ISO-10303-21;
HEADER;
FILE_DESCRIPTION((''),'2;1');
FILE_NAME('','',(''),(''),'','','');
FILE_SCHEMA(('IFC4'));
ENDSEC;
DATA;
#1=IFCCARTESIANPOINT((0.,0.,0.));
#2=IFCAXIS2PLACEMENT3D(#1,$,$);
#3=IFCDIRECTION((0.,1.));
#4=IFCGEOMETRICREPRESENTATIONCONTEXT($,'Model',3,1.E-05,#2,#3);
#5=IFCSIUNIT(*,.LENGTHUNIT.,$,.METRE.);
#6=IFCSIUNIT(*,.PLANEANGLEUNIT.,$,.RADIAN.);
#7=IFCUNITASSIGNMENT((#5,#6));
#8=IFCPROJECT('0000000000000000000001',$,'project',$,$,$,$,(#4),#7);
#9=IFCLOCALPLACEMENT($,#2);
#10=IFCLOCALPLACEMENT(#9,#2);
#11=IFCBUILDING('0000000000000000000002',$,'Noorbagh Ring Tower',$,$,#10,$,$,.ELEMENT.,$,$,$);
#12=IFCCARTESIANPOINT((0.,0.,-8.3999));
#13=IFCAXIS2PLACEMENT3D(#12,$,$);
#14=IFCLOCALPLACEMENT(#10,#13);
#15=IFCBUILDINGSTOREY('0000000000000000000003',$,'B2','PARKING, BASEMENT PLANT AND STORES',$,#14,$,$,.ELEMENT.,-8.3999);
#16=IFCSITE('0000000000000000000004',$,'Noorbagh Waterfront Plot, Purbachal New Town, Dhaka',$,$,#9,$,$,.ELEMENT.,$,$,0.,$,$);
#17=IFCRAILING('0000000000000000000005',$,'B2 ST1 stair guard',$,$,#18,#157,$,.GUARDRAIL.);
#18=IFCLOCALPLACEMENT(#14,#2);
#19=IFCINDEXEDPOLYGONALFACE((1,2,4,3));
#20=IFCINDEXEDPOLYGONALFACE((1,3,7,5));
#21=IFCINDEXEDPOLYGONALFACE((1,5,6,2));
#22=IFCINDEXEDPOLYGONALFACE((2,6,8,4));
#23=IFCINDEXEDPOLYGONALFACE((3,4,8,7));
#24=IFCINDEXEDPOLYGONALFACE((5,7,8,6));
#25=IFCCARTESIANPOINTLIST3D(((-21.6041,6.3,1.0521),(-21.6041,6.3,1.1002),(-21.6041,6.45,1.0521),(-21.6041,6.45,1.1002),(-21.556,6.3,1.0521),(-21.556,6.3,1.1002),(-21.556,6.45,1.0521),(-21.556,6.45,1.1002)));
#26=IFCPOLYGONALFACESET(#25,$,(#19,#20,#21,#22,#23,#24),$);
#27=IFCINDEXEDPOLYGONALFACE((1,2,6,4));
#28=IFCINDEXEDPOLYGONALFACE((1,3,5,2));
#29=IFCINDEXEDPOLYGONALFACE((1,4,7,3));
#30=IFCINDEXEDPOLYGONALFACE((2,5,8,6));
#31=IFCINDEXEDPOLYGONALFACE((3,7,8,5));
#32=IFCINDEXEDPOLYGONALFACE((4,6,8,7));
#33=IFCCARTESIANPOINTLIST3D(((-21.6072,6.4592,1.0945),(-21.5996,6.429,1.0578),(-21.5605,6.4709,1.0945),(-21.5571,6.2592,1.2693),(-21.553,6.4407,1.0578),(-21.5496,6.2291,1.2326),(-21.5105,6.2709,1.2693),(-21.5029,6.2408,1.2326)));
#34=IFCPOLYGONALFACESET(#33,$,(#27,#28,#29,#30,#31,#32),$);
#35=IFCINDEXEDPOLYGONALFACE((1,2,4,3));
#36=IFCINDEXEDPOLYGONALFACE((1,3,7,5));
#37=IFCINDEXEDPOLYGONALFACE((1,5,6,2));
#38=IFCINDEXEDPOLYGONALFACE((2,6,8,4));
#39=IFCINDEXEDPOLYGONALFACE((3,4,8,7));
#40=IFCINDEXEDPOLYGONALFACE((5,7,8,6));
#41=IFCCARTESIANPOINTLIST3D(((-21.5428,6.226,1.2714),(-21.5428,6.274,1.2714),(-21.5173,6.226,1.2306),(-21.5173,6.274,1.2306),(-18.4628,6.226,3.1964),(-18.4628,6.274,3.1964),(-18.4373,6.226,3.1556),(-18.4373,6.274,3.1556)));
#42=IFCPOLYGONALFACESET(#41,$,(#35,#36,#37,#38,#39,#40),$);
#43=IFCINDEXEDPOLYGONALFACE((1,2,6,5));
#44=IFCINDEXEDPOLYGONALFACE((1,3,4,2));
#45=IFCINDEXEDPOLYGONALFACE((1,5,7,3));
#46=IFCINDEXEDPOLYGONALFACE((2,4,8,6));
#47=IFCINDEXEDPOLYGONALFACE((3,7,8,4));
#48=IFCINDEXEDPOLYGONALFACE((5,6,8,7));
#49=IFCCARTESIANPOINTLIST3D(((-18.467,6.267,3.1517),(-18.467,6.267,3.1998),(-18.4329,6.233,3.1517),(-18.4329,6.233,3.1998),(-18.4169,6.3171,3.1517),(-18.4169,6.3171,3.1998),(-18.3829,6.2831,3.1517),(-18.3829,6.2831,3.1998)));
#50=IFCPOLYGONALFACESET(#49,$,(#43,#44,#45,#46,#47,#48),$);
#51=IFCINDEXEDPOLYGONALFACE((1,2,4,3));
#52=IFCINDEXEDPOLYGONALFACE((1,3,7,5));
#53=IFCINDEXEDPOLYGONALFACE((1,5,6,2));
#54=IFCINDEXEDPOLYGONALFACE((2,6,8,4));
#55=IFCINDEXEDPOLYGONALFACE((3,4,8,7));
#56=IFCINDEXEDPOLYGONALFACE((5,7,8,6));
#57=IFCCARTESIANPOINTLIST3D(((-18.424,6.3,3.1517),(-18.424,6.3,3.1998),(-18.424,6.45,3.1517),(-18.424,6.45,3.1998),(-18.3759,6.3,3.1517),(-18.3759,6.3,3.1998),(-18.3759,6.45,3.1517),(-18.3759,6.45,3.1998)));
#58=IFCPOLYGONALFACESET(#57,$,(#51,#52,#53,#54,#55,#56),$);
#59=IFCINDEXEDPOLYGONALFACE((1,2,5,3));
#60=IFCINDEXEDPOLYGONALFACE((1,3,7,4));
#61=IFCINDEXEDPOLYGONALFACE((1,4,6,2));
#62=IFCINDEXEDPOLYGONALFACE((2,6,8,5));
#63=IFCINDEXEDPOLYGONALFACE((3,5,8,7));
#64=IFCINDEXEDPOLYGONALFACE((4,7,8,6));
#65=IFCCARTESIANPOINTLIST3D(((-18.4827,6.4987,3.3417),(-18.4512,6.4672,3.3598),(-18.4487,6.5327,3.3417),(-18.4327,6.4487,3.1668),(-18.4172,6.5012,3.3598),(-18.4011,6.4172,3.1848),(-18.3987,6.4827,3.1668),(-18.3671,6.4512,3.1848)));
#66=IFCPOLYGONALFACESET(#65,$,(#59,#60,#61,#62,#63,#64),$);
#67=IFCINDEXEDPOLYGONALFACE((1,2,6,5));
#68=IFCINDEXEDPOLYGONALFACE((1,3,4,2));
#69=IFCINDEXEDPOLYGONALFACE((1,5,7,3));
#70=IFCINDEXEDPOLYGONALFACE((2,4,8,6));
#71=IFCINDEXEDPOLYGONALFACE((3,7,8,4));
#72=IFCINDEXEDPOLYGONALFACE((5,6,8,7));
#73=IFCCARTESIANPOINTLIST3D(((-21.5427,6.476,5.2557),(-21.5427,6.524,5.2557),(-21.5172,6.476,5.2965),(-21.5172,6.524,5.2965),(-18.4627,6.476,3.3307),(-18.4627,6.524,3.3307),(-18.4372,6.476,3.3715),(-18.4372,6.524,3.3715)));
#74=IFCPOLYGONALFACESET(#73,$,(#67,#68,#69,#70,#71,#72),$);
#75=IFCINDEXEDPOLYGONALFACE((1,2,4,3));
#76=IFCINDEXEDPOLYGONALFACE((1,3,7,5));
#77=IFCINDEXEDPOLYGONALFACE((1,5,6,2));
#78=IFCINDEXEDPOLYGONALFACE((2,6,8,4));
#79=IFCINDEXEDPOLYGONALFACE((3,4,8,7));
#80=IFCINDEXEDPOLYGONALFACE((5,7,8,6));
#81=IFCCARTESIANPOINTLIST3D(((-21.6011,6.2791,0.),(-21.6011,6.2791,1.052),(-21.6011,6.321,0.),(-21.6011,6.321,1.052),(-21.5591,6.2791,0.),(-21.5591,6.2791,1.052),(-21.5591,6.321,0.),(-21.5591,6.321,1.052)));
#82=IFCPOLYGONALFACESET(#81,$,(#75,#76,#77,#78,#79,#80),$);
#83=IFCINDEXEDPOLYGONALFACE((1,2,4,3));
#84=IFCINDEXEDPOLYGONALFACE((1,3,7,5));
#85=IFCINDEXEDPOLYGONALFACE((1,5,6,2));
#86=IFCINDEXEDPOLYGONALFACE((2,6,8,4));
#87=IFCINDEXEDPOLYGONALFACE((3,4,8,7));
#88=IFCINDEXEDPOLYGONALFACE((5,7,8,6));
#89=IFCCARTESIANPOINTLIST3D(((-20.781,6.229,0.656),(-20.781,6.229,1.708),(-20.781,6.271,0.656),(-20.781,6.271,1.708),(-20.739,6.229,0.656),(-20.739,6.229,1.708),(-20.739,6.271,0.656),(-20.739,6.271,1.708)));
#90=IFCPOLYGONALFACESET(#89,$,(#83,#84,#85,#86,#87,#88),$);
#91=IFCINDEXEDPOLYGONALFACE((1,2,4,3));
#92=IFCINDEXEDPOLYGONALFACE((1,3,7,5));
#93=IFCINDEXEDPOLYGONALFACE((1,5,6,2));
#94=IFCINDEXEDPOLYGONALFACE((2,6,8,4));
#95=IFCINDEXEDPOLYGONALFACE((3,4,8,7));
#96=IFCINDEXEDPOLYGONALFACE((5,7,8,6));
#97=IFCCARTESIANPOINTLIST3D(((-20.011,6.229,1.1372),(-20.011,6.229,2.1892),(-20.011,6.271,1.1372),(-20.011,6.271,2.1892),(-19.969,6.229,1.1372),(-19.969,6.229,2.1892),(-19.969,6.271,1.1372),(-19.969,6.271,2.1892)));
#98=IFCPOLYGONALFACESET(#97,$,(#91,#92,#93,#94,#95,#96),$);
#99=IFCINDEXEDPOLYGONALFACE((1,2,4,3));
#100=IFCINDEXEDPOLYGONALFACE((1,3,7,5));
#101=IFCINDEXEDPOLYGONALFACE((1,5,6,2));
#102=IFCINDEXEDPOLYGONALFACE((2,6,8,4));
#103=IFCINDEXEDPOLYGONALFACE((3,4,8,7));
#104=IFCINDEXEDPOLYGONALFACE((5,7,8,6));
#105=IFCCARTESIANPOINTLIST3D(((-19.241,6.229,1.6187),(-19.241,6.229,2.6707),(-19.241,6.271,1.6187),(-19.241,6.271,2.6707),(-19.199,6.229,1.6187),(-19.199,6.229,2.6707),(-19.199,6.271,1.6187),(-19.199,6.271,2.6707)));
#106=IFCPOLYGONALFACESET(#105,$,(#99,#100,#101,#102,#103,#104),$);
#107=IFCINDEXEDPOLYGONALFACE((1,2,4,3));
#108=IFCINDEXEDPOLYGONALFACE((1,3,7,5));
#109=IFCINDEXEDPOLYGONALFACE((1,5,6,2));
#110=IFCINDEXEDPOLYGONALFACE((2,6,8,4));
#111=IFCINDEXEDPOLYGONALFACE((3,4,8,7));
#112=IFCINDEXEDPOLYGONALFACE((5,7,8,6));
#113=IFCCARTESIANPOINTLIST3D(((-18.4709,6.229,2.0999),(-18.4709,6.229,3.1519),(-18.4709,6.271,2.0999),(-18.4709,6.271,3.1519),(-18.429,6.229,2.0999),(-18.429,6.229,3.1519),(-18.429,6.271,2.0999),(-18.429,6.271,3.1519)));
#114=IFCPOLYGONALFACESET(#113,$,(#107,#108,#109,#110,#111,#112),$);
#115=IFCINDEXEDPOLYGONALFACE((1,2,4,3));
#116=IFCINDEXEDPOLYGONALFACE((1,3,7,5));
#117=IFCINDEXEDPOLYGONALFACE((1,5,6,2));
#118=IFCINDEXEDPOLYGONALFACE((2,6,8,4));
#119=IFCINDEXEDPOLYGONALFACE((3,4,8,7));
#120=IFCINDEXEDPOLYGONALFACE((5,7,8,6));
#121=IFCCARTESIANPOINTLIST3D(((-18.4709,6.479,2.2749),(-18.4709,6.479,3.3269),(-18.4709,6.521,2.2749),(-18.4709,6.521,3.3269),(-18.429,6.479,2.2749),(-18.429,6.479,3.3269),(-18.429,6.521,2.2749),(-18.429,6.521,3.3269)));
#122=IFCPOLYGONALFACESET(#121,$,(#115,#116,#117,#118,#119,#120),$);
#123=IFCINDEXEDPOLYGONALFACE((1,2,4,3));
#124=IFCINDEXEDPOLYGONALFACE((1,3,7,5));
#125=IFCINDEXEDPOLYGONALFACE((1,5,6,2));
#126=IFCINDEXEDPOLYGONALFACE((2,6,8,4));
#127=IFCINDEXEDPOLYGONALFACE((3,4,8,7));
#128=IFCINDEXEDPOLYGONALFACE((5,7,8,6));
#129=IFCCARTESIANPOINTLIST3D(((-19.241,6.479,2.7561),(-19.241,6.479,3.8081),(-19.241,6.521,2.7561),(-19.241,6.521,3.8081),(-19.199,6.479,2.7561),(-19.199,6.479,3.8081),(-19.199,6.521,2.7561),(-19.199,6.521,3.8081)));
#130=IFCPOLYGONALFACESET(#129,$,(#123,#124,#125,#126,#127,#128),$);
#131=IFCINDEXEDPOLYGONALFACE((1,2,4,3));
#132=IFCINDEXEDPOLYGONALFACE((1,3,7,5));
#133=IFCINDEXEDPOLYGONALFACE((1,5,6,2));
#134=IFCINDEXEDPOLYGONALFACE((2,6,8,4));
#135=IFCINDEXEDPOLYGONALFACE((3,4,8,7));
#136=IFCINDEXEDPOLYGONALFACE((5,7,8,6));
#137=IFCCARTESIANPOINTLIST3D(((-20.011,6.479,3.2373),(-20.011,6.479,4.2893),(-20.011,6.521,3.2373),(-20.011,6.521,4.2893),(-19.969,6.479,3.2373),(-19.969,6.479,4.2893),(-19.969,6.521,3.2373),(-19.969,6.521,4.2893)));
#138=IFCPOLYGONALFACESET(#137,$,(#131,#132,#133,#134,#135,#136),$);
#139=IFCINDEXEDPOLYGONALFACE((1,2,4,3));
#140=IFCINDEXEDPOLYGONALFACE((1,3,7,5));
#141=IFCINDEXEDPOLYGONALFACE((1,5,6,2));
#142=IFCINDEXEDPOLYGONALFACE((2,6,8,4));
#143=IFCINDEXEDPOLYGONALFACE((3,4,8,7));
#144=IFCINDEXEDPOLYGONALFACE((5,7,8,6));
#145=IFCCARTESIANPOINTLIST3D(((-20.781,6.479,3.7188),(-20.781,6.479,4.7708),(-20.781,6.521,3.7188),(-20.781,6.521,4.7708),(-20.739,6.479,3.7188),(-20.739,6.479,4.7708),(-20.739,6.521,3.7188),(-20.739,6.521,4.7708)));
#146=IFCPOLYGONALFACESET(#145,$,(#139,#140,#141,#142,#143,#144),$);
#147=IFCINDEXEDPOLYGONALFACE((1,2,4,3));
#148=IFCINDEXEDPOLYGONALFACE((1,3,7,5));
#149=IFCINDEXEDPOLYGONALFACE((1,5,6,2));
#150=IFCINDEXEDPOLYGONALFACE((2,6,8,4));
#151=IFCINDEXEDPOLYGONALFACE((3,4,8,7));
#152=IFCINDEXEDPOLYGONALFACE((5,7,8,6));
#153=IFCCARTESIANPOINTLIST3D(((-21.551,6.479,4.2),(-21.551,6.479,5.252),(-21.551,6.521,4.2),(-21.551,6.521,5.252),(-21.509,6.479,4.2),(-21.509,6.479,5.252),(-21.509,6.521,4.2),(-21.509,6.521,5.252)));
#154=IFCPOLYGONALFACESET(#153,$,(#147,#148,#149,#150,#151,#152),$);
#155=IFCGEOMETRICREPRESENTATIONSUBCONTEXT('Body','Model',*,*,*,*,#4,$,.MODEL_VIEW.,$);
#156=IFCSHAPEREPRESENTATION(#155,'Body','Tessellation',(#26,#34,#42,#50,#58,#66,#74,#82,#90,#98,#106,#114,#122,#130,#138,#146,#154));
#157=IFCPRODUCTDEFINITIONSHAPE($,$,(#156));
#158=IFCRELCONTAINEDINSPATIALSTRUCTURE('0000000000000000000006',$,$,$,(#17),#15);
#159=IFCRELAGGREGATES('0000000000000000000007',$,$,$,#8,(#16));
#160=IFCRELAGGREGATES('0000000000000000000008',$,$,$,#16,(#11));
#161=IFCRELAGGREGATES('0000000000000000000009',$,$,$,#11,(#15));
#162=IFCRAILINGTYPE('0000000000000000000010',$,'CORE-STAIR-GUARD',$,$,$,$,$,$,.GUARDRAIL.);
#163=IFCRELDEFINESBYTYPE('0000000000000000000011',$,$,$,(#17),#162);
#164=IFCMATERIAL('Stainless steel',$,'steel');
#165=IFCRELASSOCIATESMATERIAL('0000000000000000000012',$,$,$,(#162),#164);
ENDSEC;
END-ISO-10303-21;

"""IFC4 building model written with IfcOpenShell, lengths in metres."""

from ifc_helpers import new_model, si_unit, direction, frame, origin, origin_2d, place, context, subcontext, project, spatial, rectangle, extrude, material, type_object, element, save


model = new_model("IFC4")

# Units and contexts
model_context = context("Model", 3, precision=1e-05, world=origin(), true_north=direction((0.0, 1.0)))
body_context = subcontext(model_context, "Body", "Model", "MODEL_VIEW")
ifc_project = project(units=[si_unit("LENGTHUNIT", "METRE"), si_unit("PLANEANGLEUNIT", "RADIAN")], contexts=[model_context])

# Site, building, storey
site_placement = place(None, origin())
site = spatial("IfcSite", under=ifc_project, at=site_placement, Name="Noorbagh Waterfront Plot, Purbachal New Town, Dhaka", CompositionType="ELEMENT", RefElevation=0.0)
building_placement = place(site_placement, origin())
building = spatial("IfcBuilding", under=site, at=building_placement, Name="Noorbagh Ring Tower", CompositionType="ELEMENT")
storey_placement = place(building_placement, frame((0.0, 0.0, -8.3999)))
storey = spatial("IfcBuildingStorey", under=building, at=storey_placement, Name="B2", Description="PARKING, BASEMENT PLANT AND STORES", CompositionType="ELEMENT", Elevation=-8.3999)

# Railing
ifc_material_1 = material(Name="Stainless steel", Category="steel")
railing_type_1 = type_object("IfcRailingType", Name="CORE-STAIR-GUARD", PredefinedType="GUARDRAIL", material=ifc_material_1)
railing_1_placement = place(storey_placement, frame((-21.5801, 6.3, 0.0)))
element("IfcRailing", 1, at=railing_1_placement, inside=storey, type_object=railing_type_1, Name="B2 ST1 stair guard", PredefinedType="GUARDRAIL", context=body_context, shape_type="SweptSolid", body=[
    extrude(rectangle(XDim=0.0481, YDim=0.0481, at=origin_2d()), frame((0.0, 0.0, 1.0762), z_axis=(0.0, 1.0, 0.0), x_axis=(-1.0, 0.0, 0.0)), (0.0, 0.0, 1.0), 0.1499),
    extrude(rectangle(XDim=0.0481, YDim=0.0481, at=origin_2d()), frame((0.0, 0.1499, 1.0762), z_axis=(0.185186, -0.73984, 0.646795), x_axis=(0.970073, 0.242814, 0.0)), (0.0, 0.0, 1.0), 0.2703),
    extrude(rectangle(XDim=0.0481, YDim=0.0481, at=origin_2d()), frame((0.05, -0.05, 1.251), z_axis=(0.847998, 0.0, 0.529999), x_axis=(0.0, 1.0, 0.0)), (0.0, 0.0, 1.0), 3.6321),
    extrude(rectangle(XDim=0.0481, YDim=0.0481, at=origin_2d()), frame((3.1301, -0.05, 3.1758), z_axis=(0.707107, 0.707107, 0.0), x_axis=(-0.707107, 0.707107, 0.0)), (0.0, 0.0, 1.0), 0.0708),
    extrude(rectangle(XDim=0.0481, YDim=0.0481, at=origin_2d()), frame((3.1802, 0.0, 3.1758), z_axis=(0.0, 1.0, 0.0), x_axis=(-1.0, 0.0, 0.0)), (0.0, 0.0, 1.0), 0.1499),
    extrude(rectangle(XDim=0.0481, YDim=0.0481, at=origin_2d()), frame((3.1802, 0.1499, 3.1758), z_axis=(-0.265065, 0.265065, 0.927082), x_axis=(-0.707107, -0.707107, 0.0)), (0.0, 0.0, 1.0), 0.1887),
    extrude(rectangle(XDim=0.0481, YDim=0.0481, at=origin_2d()), frame((3.1301, 0.2, 3.3511), z_axis=(-0.847998, 0.0, 0.529999), x_axis=(0.0, -1.0, 0.0)), (0.0, 0.0, 1.0), 3.6321),
    extrude(rectangle(XDim=0.042, YDim=0.042, at=origin_2d()), origin(), (0.0, 0.0, 1.0), 1.052),
    extrude(rectangle(XDim=0.042, YDim=0.042, at=origin_2d()), frame((0.8201, -0.05, 0.656)), (0.0, 0.0, 1.0), 1.052),
    extrude(rectangle(XDim=0.042, YDim=0.042, at=origin_2d()), frame((1.5901, -0.05, 1.1372)), (0.0, 0.0, 1.0), 1.052),
    extrude(rectangle(XDim=0.042, YDim=0.042, at=origin_2d()), frame((2.3601, -0.05, 1.6187)), (0.0, 0.0, 1.0), 1.052),
    extrude(rectangle(XDim=0.042, YDim=0.042, at=origin_2d()), frame((3.1301, -0.05, 2.0999)), (0.0, 0.0, 1.0), 1.052),
    extrude(rectangle(XDim=0.042, YDim=0.042, at=origin_2d()), frame((3.1301, 0.2, 2.2749)), (0.0, 0.0, 1.0), 1.052),
    extrude(rectangle(XDim=0.042, YDim=0.042, at=origin_2d()), frame((2.3601, 0.2, 2.7561)), (0.0, 0.0, 1.0), 1.052),
    extrude(rectangle(XDim=0.042, YDim=0.042, at=origin_2d()), frame((1.5901, 0.2, 3.2373)), (0.0, 0.0, 1.0), 1.052),
    extrude(rectangle(XDim=0.042, YDim=0.042, at=origin_2d()), frame((0.8201, 0.2, 3.7188)), (0.0, 0.0, 1.0), 1.052),
    extrude(rectangle(XDim=0.042, YDim=0.042, at=origin_2d()), frame((0.05, 0.2, 4.2)), (0.0, 0.0, 1.0), 1.052),
])

save(model, "model.ifc")
